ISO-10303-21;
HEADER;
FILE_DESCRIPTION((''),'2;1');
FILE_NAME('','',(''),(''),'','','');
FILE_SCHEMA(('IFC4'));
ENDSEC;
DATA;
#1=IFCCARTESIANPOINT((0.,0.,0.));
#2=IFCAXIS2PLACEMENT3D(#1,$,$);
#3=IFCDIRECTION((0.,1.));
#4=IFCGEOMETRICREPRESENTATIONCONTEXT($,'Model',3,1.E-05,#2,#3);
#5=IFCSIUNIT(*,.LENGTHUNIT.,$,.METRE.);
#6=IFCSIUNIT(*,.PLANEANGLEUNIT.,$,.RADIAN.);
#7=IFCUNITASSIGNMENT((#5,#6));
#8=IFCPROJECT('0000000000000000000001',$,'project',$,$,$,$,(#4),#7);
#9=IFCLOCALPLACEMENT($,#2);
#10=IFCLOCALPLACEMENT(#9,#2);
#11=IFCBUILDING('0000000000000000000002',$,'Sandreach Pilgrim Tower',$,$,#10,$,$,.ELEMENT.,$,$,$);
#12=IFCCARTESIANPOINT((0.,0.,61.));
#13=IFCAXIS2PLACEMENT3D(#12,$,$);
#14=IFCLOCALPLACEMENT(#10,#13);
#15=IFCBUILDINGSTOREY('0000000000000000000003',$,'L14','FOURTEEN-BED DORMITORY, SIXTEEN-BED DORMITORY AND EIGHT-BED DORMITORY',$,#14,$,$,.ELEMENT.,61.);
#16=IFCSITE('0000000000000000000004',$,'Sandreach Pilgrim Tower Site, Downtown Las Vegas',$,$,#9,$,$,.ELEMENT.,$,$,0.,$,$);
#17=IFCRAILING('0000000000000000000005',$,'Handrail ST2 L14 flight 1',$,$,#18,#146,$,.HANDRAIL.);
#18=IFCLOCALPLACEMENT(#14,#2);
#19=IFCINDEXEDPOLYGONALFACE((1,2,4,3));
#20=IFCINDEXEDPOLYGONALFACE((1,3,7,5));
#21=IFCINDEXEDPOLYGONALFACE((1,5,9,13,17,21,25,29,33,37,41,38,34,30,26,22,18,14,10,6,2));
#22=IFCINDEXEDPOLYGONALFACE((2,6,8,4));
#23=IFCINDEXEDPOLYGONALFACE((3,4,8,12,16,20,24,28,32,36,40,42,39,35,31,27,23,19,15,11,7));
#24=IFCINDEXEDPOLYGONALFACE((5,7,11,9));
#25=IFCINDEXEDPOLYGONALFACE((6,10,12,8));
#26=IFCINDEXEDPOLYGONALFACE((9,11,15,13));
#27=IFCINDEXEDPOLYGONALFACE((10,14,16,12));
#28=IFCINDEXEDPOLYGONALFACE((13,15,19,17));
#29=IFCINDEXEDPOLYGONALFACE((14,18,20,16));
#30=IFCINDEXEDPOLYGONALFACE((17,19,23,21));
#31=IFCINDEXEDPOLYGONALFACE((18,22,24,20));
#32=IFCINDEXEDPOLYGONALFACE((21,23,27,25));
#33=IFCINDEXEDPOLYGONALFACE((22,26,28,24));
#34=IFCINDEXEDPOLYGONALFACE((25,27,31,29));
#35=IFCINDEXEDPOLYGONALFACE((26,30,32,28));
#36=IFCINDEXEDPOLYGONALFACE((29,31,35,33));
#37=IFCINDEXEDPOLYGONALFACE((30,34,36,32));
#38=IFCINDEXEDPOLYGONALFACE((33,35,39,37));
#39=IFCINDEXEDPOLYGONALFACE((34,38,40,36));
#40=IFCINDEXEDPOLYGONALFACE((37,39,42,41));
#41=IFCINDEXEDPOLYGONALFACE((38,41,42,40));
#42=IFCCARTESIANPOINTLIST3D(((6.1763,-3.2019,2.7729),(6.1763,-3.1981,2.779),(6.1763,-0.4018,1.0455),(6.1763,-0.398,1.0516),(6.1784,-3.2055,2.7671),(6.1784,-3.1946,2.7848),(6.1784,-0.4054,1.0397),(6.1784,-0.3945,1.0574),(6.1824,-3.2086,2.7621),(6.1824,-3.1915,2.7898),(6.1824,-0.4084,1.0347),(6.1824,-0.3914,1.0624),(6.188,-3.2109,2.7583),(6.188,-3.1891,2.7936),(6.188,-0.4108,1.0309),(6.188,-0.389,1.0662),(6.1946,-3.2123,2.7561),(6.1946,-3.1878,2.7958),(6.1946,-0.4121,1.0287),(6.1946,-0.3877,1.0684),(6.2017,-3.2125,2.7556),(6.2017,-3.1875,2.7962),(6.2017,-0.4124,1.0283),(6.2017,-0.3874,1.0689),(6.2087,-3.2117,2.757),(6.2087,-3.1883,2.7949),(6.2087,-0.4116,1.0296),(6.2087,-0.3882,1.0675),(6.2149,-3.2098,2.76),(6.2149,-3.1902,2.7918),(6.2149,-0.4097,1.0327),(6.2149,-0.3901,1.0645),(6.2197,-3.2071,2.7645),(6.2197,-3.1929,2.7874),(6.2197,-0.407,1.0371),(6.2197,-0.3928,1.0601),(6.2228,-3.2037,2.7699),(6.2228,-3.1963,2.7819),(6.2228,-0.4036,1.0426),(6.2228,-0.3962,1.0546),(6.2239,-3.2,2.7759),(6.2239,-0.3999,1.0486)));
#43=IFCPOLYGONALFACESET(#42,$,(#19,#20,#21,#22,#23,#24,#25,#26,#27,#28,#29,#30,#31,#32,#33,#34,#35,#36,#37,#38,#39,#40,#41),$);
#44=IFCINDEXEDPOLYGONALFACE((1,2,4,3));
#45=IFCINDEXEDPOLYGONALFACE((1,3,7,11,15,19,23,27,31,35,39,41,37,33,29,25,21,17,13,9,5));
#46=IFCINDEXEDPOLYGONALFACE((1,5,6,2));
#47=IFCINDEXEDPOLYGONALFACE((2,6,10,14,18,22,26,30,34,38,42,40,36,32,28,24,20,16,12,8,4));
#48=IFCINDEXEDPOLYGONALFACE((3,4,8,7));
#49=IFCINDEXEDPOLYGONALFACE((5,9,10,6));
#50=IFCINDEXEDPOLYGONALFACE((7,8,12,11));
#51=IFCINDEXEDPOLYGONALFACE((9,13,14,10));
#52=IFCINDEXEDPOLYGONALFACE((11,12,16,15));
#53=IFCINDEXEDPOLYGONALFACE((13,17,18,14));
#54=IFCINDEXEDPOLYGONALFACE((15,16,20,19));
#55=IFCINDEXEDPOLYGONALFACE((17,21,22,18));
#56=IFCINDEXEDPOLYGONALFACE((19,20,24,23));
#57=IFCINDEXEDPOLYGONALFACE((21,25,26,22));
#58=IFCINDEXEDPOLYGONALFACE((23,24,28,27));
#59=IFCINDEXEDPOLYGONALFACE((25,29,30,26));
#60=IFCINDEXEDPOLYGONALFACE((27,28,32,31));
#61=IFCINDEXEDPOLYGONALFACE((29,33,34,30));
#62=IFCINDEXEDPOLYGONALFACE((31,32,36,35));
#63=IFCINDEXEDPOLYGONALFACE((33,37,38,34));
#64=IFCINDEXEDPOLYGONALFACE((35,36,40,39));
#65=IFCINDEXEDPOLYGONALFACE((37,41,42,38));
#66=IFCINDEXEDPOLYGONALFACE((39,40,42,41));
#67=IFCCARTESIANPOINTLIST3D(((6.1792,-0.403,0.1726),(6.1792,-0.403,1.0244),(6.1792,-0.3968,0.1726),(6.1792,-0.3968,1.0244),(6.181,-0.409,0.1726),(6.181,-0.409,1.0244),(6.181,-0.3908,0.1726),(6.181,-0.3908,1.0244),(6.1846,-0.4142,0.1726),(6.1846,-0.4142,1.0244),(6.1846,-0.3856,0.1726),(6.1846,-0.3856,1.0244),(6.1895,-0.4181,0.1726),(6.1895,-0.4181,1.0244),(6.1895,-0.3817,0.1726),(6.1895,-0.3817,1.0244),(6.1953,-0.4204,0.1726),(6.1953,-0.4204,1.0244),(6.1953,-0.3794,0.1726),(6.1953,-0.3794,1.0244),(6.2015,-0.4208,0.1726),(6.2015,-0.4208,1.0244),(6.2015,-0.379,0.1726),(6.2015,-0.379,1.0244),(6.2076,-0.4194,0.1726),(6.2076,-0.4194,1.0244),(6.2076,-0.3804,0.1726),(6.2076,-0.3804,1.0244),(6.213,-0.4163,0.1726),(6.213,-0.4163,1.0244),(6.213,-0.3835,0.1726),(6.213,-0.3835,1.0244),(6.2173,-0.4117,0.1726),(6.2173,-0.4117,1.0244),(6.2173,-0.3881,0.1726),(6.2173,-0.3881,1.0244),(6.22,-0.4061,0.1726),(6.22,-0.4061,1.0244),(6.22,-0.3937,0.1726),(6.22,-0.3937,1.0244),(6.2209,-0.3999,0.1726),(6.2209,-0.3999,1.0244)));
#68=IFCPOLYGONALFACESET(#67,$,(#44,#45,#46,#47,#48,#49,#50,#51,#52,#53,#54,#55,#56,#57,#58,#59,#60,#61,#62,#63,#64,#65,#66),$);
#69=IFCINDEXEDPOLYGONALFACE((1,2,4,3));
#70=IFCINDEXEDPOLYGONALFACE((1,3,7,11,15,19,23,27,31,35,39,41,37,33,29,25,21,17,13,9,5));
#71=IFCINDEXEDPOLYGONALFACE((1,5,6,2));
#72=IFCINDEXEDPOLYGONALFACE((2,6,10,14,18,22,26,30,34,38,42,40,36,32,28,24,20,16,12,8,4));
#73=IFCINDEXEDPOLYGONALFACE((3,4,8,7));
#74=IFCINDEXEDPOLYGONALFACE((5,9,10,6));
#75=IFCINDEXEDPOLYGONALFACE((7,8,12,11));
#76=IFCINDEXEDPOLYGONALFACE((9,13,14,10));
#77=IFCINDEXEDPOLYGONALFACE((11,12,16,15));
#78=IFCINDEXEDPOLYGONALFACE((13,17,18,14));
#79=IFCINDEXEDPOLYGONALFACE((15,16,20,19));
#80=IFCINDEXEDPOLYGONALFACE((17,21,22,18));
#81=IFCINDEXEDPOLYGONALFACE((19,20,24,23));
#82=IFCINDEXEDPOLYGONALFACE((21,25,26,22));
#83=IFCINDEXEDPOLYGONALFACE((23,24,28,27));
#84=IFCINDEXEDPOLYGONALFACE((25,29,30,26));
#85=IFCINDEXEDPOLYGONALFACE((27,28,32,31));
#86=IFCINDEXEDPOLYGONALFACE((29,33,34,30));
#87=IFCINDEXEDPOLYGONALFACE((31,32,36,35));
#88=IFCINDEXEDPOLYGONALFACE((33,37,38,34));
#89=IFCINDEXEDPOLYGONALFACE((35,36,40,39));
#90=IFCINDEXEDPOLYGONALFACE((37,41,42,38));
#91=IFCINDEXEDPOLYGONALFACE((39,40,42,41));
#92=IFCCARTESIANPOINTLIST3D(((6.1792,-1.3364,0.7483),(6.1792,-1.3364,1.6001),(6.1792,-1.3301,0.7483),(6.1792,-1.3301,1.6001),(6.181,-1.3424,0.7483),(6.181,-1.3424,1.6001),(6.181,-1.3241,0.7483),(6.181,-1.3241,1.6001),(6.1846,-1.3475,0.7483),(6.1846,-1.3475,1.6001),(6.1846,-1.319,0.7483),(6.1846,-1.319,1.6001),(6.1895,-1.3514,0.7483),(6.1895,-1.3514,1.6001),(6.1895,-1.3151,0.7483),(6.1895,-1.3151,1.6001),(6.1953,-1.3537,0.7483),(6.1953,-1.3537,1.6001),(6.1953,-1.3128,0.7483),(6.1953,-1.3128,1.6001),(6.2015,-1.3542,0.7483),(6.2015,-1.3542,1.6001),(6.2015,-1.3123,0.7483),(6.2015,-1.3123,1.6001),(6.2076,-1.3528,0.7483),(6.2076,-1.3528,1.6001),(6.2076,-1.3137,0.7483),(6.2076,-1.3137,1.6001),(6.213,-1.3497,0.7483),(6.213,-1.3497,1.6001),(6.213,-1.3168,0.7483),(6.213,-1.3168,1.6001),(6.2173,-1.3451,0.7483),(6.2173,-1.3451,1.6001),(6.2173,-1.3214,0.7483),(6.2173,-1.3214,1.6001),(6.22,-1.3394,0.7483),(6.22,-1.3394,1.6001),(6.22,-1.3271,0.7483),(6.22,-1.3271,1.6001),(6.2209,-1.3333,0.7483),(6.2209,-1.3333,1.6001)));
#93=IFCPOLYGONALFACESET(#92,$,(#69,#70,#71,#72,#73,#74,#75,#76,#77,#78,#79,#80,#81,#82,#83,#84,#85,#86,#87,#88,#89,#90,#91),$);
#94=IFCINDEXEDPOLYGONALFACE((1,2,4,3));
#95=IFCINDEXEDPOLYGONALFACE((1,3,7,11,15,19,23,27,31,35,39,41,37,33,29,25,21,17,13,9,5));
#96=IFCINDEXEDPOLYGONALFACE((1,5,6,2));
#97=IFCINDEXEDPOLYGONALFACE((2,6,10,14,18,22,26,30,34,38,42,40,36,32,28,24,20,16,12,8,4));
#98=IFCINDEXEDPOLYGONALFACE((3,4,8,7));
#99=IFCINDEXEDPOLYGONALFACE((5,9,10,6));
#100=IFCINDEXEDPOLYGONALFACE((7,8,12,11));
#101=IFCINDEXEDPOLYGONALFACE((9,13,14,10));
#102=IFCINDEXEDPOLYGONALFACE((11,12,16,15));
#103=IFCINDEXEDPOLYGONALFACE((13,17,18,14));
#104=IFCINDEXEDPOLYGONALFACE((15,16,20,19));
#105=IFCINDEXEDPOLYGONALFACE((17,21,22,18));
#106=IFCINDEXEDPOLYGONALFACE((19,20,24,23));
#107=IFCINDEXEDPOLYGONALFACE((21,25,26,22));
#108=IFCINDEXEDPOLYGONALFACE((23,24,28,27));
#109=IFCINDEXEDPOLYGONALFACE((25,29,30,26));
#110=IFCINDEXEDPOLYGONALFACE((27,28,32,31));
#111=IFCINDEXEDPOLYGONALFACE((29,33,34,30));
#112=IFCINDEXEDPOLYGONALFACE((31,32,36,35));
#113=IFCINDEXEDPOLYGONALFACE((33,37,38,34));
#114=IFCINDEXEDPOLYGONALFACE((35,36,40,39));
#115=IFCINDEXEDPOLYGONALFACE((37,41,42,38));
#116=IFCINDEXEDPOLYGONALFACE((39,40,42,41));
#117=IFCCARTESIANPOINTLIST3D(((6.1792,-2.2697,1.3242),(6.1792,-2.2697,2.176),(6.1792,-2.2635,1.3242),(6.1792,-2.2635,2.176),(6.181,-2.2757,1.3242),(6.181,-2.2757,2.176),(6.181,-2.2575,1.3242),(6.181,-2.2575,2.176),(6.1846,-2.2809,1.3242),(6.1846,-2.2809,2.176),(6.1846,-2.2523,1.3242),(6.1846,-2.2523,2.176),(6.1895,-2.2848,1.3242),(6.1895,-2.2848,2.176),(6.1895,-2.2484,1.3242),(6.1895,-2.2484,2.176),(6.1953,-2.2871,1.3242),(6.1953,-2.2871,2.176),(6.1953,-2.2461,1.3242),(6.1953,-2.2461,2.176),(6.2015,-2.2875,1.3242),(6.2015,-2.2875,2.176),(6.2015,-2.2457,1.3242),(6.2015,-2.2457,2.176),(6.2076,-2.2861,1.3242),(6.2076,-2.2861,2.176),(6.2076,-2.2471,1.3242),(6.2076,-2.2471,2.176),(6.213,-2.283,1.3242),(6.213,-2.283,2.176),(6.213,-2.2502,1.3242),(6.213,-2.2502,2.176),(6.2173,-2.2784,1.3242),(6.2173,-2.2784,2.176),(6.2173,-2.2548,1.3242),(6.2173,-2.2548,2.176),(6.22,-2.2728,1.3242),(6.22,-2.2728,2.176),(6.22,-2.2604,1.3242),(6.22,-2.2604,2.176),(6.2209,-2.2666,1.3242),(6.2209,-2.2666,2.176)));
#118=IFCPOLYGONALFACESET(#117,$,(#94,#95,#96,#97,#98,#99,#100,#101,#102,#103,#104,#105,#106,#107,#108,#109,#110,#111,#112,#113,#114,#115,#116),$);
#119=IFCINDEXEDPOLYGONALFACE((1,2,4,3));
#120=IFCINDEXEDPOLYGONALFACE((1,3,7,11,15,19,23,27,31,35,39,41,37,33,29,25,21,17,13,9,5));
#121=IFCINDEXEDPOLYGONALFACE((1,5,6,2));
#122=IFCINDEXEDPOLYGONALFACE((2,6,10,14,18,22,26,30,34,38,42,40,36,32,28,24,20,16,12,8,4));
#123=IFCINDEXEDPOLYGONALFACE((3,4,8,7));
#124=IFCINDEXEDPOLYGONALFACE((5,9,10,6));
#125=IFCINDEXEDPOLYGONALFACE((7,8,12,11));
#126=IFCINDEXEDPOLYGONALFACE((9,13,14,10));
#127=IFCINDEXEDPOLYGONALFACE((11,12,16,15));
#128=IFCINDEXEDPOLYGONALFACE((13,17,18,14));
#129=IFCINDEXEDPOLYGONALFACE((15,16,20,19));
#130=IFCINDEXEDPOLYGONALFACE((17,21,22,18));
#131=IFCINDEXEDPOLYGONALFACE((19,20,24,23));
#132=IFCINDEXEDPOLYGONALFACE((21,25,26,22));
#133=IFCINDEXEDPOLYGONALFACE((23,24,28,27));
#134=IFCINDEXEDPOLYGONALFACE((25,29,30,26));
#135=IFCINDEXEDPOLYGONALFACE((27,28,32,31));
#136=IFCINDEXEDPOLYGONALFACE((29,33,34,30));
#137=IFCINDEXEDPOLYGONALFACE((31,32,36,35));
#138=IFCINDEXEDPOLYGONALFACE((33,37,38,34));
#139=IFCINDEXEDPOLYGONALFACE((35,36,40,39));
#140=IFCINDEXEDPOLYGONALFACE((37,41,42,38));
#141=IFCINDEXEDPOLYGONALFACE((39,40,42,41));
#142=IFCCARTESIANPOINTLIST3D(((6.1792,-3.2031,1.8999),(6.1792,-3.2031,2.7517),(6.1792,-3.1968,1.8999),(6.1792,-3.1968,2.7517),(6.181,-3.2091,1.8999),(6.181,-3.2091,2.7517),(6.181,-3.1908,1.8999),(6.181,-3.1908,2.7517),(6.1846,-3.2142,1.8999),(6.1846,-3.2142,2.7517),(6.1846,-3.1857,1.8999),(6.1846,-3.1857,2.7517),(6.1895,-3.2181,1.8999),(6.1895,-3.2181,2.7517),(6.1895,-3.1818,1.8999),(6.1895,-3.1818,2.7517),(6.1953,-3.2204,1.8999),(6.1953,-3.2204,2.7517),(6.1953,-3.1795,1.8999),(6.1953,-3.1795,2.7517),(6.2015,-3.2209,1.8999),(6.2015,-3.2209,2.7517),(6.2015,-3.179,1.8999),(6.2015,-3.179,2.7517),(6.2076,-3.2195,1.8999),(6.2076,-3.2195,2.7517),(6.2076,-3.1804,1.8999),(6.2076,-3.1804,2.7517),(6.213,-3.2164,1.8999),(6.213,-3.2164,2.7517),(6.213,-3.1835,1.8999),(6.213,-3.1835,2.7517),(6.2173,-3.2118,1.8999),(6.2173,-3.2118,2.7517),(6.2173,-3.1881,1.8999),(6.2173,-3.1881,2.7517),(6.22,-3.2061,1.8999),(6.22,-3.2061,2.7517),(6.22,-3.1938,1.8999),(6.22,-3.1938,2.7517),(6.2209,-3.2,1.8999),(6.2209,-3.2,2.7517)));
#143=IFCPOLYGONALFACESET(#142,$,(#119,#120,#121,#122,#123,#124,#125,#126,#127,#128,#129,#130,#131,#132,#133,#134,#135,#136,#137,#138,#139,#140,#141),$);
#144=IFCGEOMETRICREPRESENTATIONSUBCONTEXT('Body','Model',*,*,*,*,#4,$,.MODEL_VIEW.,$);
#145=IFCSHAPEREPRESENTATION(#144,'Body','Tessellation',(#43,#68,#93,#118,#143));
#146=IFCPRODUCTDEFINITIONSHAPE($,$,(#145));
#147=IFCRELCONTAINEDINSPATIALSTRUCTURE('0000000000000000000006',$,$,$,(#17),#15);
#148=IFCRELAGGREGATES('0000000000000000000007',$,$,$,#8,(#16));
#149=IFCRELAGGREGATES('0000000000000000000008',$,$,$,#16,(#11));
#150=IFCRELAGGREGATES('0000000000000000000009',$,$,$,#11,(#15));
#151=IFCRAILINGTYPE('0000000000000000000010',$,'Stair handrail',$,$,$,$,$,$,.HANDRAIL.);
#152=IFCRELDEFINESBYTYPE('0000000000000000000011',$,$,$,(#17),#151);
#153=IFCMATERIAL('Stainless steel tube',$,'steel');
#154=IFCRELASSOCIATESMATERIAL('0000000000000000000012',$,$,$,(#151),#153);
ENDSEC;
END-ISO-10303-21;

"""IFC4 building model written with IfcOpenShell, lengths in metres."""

from ifc_helpers import new_model, si_unit, direction, frame, origin, origin_2d, place, context, subcontext, project, spatial, circle, extrude, material, type_object, element, save


model = new_model("IFC4")

# Units and contexts
model_context = context("Model", 3, precision=1e-05, world=origin(), true_north=direction((0.0, 1.0)))
body_context = subcontext(model_context, "Body", "Model", "MODEL_VIEW")
ifc_project = project(units=[si_unit("LENGTHUNIT", "METRE"), si_unit("PLANEANGLEUNIT", "RADIAN")], contexts=[model_context])

# Site, building, storey
site_placement = place(None, origin())
site = spatial("IfcSite", under=ifc_project, at=site_placement, Name="Sandreach Pilgrim Tower Site, Downtown Las Vegas", CompositionType="ELEMENT", RefElevation=0.0)
building_placement = place(site_placement, origin())
building = spatial("IfcBuilding", under=site, at=building_placement, Name="Sandreach Pilgrim Tower", CompositionType="ELEMENT")
storey_placement = place(building_placement, frame((0.0, 0.0, 61.0)))
storey = spatial("IfcBuildingStorey", under=building, at=storey_placement, Name="L14", Description="FOURTEEN-BED DORMITORY, SIXTEEN-BED DORMITORY AND EIGHT-BED DORMITORY", CompositionType="ELEMENT", Elevation=61.0)

# Railing
ifc_material_1 = material(Name="Stainless steel tube", Category="steel")
railing_type = type_object("IfcRailingType", Name="Stair handrail", PredefinedType="HANDRAIL", material=ifc_material_1)
railing_placement = place(storey_placement, frame((6.2, -0.3999, 0.1726)))
element("IfcRailing", 1, at=railing_placement, inside=storey, type_object=railing_type, Name="Handrail ST2 L14 flight 1", PredefinedType="HANDRAIL", context=body_context, shape_type="SweptSolid", body=[
    extrude(circle(Radius=0.0239, at=origin_2d()), frame((0.0, 0.0, 0.876), z_axis=(0.0, -0.85109, 0.52502), x_axis=(1.0, 0.0, 0.0)), (0.0, 0.0, 1.0), 3.29),
    extrude(circle(Radius=0.021, at=origin_2d()), origin(), (0.0, 0.0, 1.0), 0.8518),
    extrude(circle(Radius=0.021, at=origin_2d()), frame((0.0, -0.9333, 0.5757)), (0.0, 0.0, 1.0), 0.8518),
    extrude(circle(Radius=0.021, at=origin_2d()), frame((0.0, -1.8667, 1.1516)), (0.0, 0.0, 1.0), 0.8518),
    extrude(circle(Radius=0.021, at=origin_2d()), frame((0.0, -2.8, 1.7273)), (0.0, 0.0, 1.0), 0.8518),
])

save(model, "model.ifc")
